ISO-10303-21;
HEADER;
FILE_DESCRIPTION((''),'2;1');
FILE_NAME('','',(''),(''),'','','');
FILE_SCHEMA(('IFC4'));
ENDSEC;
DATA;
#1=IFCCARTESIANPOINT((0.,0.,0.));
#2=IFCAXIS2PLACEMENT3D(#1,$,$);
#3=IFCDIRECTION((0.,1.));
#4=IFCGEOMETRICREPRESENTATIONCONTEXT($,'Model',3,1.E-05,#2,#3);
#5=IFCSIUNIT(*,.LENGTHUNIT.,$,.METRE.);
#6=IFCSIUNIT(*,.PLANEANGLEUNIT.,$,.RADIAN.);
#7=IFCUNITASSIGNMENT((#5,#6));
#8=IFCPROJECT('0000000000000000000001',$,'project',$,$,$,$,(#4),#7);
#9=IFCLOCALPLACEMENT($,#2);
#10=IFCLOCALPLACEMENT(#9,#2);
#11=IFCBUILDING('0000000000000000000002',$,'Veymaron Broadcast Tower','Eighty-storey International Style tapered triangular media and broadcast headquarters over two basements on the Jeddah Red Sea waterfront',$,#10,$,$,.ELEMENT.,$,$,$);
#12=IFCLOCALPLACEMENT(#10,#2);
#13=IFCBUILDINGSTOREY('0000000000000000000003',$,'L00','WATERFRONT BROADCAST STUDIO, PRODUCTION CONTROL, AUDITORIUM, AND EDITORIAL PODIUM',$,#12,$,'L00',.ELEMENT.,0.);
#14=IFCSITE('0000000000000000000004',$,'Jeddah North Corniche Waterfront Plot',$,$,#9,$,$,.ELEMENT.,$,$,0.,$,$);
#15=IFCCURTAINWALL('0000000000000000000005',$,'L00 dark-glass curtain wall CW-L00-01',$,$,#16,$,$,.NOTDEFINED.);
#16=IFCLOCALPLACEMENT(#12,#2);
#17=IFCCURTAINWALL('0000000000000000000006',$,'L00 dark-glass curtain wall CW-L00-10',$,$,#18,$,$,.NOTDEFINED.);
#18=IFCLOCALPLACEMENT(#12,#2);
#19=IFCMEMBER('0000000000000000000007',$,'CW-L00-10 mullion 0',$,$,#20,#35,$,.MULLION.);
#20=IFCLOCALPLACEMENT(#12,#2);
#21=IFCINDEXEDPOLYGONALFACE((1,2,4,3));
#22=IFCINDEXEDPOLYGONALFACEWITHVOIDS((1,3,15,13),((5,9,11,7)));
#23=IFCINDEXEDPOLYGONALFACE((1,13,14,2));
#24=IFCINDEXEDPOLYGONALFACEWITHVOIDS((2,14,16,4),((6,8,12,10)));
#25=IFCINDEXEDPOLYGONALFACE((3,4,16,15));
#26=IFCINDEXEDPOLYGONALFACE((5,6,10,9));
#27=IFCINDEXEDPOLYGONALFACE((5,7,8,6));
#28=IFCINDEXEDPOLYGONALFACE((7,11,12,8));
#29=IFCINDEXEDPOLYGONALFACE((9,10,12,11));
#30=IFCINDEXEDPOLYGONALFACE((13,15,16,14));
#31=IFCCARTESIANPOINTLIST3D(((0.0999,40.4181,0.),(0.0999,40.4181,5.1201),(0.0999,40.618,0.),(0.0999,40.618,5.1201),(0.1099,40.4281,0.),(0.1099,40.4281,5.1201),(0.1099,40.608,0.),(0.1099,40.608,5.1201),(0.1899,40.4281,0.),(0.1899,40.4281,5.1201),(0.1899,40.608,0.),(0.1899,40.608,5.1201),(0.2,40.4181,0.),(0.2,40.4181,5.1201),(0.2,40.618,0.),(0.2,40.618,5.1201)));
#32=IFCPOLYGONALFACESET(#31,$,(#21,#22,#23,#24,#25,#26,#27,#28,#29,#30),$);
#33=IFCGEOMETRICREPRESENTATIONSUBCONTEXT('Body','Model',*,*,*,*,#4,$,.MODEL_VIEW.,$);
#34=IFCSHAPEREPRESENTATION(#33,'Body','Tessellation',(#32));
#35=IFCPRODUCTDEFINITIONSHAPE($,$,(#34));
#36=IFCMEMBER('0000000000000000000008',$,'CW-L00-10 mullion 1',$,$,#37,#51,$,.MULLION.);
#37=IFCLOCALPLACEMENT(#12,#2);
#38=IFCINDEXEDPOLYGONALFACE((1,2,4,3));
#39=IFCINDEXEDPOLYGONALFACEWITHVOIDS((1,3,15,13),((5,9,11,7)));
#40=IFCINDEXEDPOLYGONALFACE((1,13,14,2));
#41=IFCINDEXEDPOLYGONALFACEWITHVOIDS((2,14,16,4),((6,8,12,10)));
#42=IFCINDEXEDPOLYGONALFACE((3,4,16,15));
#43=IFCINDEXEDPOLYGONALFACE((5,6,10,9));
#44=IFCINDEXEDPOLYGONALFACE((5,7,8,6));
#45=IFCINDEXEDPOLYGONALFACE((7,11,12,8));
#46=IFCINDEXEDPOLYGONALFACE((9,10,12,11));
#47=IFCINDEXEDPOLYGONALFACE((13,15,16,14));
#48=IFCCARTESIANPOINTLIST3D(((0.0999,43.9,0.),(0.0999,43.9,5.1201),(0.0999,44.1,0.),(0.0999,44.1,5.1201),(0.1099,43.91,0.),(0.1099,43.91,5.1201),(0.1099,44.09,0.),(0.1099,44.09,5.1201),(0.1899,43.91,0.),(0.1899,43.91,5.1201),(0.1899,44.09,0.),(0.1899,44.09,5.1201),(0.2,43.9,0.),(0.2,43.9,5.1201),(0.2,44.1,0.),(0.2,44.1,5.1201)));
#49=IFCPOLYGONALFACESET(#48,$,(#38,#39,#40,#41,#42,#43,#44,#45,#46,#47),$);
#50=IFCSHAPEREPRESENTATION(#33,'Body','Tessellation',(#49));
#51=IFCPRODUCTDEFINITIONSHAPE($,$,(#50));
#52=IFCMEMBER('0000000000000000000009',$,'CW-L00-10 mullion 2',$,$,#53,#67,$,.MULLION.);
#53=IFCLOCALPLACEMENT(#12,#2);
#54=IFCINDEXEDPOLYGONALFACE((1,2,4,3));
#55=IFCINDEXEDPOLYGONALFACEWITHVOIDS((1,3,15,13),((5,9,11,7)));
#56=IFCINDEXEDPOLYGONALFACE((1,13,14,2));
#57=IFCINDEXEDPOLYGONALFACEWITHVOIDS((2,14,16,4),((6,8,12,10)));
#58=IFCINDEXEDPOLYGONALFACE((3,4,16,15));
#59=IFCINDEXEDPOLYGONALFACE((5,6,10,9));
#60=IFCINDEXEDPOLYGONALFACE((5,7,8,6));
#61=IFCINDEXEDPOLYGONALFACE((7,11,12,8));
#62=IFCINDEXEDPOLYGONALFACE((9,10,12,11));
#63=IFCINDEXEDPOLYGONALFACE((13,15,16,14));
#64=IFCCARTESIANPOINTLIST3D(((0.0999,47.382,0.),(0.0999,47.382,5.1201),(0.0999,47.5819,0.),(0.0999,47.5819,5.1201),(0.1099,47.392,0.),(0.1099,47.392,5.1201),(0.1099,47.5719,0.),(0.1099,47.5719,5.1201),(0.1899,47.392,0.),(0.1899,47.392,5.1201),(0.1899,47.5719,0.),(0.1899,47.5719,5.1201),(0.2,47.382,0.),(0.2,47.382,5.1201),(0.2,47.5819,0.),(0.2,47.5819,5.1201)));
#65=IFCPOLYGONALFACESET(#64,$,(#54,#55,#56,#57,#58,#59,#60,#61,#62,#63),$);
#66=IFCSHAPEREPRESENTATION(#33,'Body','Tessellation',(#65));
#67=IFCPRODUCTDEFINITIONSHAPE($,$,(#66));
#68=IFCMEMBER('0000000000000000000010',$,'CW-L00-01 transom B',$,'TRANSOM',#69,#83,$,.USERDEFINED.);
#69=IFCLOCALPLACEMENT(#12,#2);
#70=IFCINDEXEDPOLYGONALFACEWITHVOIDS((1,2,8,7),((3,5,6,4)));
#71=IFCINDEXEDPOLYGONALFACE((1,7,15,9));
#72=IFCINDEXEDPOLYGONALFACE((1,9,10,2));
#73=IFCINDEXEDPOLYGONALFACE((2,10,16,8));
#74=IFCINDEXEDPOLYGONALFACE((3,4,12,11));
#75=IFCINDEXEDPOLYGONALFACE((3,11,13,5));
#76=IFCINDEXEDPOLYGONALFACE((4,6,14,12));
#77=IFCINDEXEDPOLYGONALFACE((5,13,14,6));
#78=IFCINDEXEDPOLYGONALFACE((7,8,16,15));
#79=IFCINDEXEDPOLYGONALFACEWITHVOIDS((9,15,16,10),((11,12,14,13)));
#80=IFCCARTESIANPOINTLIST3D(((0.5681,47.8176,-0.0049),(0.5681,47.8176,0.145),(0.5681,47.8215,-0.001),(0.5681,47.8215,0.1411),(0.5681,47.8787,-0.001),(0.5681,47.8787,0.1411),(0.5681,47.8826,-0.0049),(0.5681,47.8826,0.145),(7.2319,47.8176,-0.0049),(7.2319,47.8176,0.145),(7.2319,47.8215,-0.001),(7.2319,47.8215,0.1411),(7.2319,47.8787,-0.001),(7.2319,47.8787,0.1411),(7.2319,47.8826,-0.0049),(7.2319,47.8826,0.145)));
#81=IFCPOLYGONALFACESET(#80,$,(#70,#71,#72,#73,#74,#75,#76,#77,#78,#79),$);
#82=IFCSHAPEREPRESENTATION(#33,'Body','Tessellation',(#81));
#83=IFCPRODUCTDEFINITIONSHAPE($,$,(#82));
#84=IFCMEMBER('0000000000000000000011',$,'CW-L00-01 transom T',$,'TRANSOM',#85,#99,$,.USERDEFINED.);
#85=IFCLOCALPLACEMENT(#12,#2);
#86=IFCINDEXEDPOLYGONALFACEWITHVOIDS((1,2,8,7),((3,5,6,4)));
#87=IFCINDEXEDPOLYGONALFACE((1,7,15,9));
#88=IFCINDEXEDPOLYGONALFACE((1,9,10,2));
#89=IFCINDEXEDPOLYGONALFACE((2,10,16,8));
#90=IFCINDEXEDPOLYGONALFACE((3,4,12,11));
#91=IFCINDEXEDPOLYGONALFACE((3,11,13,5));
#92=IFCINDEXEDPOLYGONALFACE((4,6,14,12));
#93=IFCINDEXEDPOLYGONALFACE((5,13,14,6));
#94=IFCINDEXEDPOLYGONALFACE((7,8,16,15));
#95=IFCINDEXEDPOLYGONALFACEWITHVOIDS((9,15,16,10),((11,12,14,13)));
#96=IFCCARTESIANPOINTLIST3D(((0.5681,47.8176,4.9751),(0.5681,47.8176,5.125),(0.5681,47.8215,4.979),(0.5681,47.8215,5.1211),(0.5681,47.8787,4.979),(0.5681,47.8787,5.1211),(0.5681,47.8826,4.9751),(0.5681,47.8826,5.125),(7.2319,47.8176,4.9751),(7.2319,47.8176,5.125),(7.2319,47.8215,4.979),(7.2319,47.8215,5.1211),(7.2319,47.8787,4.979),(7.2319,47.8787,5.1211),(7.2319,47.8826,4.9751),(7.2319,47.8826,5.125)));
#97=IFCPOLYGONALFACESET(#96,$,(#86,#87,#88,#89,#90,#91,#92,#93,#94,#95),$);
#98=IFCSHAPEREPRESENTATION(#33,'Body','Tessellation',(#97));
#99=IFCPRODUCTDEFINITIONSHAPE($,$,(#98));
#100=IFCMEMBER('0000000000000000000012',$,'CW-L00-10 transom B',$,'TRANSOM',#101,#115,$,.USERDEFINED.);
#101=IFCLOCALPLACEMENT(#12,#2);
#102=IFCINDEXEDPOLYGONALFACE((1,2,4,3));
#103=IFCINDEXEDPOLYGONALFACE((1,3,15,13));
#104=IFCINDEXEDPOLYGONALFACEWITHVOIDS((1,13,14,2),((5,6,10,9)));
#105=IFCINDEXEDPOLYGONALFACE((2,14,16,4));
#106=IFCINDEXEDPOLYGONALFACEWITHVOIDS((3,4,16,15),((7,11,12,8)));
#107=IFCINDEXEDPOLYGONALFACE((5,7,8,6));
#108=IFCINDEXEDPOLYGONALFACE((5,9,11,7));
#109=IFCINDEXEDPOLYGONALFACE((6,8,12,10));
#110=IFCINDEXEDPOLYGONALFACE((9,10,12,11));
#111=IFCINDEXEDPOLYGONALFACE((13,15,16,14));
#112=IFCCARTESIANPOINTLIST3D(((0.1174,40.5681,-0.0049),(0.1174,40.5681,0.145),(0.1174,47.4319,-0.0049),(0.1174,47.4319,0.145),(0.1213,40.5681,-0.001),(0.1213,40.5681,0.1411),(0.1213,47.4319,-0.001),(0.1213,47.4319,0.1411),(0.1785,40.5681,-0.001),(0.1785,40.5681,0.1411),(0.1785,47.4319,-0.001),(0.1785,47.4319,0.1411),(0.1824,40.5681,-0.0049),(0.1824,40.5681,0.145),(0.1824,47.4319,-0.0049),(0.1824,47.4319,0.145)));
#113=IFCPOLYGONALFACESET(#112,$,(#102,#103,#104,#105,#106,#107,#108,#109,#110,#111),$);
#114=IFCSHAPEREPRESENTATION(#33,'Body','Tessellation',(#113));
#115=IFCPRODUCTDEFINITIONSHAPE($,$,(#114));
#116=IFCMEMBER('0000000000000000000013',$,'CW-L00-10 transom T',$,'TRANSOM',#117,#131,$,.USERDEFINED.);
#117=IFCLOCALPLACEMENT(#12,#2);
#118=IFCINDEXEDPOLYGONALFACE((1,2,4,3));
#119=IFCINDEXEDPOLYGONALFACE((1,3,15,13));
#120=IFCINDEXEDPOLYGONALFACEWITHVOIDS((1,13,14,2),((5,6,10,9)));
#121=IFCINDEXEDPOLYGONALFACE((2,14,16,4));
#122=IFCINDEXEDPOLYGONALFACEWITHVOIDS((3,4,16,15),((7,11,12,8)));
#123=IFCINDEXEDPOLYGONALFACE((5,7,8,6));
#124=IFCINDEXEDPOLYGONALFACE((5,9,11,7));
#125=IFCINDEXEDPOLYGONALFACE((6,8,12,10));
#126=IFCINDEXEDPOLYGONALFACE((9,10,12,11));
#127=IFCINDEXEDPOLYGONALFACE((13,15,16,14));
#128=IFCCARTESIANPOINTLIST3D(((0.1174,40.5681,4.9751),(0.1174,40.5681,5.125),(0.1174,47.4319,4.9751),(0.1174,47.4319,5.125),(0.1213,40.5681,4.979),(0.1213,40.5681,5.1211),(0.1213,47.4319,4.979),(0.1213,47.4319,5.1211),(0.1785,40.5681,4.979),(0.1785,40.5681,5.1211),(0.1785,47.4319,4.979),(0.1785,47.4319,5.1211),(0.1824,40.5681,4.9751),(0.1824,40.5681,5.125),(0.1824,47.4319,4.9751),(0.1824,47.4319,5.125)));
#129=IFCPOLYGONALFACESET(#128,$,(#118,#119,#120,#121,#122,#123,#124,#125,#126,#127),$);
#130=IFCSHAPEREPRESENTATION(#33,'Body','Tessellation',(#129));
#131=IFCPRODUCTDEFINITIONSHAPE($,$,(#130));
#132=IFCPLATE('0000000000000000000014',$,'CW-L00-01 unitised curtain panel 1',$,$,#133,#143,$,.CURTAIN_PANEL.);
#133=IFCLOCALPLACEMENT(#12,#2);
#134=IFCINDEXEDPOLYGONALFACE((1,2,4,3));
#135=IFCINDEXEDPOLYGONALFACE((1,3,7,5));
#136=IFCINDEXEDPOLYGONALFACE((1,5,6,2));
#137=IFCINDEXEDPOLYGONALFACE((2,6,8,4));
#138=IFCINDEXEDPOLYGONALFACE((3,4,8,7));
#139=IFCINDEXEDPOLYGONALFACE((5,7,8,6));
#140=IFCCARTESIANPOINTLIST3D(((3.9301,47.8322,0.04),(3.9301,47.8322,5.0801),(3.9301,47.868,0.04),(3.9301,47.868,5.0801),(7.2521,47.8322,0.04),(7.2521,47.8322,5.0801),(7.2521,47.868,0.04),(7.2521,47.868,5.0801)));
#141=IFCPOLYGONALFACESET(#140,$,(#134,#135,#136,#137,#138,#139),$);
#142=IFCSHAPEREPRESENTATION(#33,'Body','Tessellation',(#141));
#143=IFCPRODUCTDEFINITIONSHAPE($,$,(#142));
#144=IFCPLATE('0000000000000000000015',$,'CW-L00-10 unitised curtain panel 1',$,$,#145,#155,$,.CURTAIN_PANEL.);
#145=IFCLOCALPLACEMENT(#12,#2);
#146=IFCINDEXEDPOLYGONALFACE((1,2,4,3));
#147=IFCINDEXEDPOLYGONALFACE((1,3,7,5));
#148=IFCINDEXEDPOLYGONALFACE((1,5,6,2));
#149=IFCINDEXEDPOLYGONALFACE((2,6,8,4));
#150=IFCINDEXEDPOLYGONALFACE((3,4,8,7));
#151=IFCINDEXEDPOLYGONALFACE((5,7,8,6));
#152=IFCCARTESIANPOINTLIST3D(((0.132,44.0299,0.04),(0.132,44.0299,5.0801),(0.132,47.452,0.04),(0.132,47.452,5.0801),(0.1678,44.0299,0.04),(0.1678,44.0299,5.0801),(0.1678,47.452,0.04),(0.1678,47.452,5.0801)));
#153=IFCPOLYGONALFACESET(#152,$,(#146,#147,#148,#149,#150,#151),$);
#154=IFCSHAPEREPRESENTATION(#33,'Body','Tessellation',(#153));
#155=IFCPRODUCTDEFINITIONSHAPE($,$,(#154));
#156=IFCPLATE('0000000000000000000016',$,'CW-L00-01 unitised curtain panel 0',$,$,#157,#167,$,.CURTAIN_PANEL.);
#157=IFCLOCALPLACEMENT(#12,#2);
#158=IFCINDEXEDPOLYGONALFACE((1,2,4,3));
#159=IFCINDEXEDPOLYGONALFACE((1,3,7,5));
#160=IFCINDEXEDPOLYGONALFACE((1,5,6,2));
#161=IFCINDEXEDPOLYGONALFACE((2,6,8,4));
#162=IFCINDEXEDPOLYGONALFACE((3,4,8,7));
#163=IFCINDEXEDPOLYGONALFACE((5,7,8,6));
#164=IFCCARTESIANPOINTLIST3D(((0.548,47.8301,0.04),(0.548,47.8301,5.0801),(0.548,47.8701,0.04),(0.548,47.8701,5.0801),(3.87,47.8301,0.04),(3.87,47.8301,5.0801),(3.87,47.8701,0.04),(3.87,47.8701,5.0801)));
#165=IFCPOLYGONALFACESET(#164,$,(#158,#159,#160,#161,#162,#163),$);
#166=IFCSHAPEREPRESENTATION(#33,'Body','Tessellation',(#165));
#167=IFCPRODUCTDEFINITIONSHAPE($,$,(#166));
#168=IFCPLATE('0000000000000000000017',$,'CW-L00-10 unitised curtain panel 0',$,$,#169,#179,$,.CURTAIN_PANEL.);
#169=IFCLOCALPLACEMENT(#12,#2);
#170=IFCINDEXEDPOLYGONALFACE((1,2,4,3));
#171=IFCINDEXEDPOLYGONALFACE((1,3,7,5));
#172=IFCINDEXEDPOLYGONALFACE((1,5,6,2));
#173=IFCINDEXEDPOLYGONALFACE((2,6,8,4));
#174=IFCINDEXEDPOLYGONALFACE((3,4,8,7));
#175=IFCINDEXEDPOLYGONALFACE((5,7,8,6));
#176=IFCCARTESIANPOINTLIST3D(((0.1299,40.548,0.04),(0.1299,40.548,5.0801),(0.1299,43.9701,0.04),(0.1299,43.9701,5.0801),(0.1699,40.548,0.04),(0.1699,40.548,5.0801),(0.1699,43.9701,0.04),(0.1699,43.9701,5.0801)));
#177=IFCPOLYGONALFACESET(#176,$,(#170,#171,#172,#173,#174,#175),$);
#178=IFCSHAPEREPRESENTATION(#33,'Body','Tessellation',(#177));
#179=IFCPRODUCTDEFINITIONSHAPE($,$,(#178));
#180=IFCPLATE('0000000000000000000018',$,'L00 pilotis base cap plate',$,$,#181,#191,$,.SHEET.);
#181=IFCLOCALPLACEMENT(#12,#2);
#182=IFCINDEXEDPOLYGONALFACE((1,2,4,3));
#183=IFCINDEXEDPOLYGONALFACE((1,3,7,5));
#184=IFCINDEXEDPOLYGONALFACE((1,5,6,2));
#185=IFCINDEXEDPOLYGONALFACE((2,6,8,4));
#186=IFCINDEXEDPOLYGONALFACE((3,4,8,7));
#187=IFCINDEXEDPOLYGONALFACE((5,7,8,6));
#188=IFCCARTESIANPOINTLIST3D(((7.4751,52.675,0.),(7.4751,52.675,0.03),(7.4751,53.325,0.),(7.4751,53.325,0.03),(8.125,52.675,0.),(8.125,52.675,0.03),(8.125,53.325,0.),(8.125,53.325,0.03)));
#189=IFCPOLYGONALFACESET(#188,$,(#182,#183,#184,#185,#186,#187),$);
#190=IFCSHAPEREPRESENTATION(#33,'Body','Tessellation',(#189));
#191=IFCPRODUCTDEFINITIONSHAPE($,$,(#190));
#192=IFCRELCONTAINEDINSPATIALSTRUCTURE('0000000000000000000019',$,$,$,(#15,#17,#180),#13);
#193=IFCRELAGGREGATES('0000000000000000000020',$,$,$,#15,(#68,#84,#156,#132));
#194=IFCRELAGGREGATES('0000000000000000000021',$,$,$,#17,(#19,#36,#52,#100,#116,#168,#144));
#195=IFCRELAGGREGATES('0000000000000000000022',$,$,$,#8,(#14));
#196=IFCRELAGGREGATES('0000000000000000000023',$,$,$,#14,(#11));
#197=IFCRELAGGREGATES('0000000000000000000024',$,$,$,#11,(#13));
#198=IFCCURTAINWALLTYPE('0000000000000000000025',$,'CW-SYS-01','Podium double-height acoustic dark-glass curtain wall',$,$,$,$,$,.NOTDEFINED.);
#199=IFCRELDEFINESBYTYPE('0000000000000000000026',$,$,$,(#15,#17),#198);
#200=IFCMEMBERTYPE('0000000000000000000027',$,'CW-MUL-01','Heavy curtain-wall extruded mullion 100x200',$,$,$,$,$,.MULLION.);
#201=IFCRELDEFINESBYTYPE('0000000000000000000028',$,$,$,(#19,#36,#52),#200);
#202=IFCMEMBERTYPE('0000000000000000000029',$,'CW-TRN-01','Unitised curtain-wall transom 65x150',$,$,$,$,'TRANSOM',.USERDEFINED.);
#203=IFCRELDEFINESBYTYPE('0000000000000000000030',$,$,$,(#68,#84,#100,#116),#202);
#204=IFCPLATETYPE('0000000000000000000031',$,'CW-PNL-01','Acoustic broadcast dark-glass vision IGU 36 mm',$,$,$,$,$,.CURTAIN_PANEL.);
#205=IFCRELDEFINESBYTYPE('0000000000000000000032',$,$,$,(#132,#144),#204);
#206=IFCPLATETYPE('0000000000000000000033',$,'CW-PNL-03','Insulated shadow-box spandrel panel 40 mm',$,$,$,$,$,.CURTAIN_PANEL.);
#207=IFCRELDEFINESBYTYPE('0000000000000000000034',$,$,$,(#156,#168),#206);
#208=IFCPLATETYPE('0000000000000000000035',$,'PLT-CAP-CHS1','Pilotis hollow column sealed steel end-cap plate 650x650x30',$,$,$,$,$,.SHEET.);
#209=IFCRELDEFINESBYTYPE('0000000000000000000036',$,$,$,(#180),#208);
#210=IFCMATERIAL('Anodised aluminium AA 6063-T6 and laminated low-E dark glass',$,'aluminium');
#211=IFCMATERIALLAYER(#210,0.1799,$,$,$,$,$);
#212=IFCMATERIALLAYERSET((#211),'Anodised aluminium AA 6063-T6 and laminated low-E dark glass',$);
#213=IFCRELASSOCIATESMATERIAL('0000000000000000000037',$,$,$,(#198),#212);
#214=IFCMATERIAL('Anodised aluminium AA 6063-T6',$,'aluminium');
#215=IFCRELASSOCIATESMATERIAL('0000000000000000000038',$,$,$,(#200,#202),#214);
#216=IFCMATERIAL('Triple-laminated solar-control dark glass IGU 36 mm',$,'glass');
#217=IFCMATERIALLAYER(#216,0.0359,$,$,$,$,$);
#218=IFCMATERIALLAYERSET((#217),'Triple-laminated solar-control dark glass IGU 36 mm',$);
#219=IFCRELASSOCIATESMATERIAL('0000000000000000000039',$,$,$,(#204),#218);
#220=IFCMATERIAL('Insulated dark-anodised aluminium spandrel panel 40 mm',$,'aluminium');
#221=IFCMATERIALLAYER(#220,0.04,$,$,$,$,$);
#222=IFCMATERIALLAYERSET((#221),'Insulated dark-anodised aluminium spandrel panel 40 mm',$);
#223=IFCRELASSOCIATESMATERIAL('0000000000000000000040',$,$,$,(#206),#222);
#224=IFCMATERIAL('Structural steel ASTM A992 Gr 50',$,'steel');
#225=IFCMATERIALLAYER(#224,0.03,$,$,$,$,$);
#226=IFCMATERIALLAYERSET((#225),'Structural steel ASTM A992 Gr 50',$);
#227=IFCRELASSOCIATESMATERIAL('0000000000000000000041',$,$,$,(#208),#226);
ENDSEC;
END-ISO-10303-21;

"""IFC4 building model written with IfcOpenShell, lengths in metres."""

from ifc_helpers import new_model, si_unit, direction, frame, origin, origin_2d, place, context, subcontext, project, spatial, rectangle, hollow_rectangle, extrude, material, layer, layer_set, material_profile, profile_set, type_object, element, aggregate, save


model = new_model("IFC4")

# Units and contexts
model_context = context("Model", 3, precision=1e-05, world=origin(), true_north=direction((0.0, 1.0)))
body_context = subcontext(model_context, "Body", "Model", "MODEL_VIEW")
ifc_project = project(units=[si_unit("LENGTHUNIT", "METRE"), si_unit("PLANEANGLEUNIT", "RADIAN")], contexts=[model_context])

# Site, building, storey
site_placement = place(None, origin())
site = spatial("IfcSite", under=ifc_project, at=site_placement, Name="Jeddah North Corniche Waterfront Plot", CompositionType="ELEMENT", RefElevation=0.0)
building_placement = place(site_placement, origin())
building = spatial("IfcBuilding", under=site, at=building_placement, Name="Veymaron Broadcast Tower", Description="Eighty-storey International Style tapered triangular media and broadcast headquarters over two basements on the Jeddah Red Sea waterfront", CompositionType="ELEMENT")
storey_placement = place(building_placement, origin())
storey = spatial("IfcBuildingStorey", under=building, at=storey_placement, Name="L00", Description="WATERFRONT BROADCAST STUDIO, PRODUCTION CONTROL, AUDITORIUM, AND EDITORIAL PODIUM", LongName="L00", CompositionType="ELEMENT", Elevation=0.0)

# Shared definitions
ifc_material_1 = material(Name="Structural steel ASTM A992 Gr 50", Category="steel")

# Curtain wall
ifc_material_2 = material(Name="Anodised aluminium AA 6063-T6 and laminated low-E dark glass", Category="aluminium")
ifc_layer_1 = layer(ifc_material_2, 0.1799)
ifc_layer_set_1 = layer_set([ifc_layer_1], Name="Anodised aluminium AA 6063-T6 and laminated low-E dark glass")
curtain_wall_type = type_object("IfcCurtainWallType", Name="CW-SYS-01", Description="Podium double-height acoustic dark-glass curtain wall", PredefinedType="NOTDEFINED", material=ifc_layer_set_1)
curtain_wall_1_placement = place(storey_placement, origin())
curtain_wall_1 = element("IfcCurtainWall", 1, at=curtain_wall_1_placement, inside=storey, type_object=curtain_wall_type, Name="L00 dark-glass curtain wall CW-L00-01", PredefinedType="NOTDEFINED")
ifc_material_3 = material(Name="Anodised aluminium AA 6063-T6", Category="aluminium")
ifc_material_profile_1 = material_profile(ifc_material_3, hollow_rectangle(XDim=0.1001, YDim=0.2, WallThickness=0.01, at=origin_2d()), Name="RHS200X100X10")
ifc_profile_set_1 = profile_set([ifc_material_profile_1], Name="Anodised aluminium AA 6063-T6")
member_type_1 = type_object("IfcMemberType", Name="CW-MUL-01", Description="Heavy curtain-wall extruded mullion 100x200", PredefinedType="MULLION", material=ifc_profile_set_1)

# Curtain wall, members
curtain_wall_2_placement = place(storey_placement, origin())
curtain_wall_2 = element("IfcCurtainWall", 2, at=curtain_wall_2_placement, inside=storey, type_object=curtain_wall_type, Name="L00 dark-glass curtain wall CW-L00-10", PredefinedType="NOTDEFINED")
member_1_placement = place(storey_placement, frame((0.1499, 40.5181, 0.0), z_axis=(0.0, 0.0, 1.0), x_axis=(1.0, 0.0, 0.0)))
member_1 = element("IfcMember", 3, at=member_1_placement, type_object=member_type_1, Name="CW-L00-10 mullion 0", PredefinedType="MULLION", context=body_context, shape_type="SweptSolid", body=[
    extrude(hollow_rectangle(XDim=0.1001, YDim=0.2, WallThickness=0.01, at=origin_2d()), origin(), (0.0, 0.0, 1.0), 5.1201),
])
member_2_placement = place(storey_placement, frame((0.1499, 44.0, 0.0), z_axis=(0.0, 0.0, 1.0), x_axis=(1.0, 0.0, 0.0)))
member_2 = element("IfcMember", 4, at=member_2_placement, type_object=member_type_1, Name="CW-L00-10 mullion 1", PredefinedType="MULLION", context=body_context, shape_type="SweptSolid", body=[
    extrude(hollow_rectangle(XDim=0.1001, YDim=0.2, WallThickness=0.01, at=origin_2d()), origin(), (0.0, 0.0, 1.0), 5.1201),
])
member_3_placement = place(storey_placement, frame((0.1499, 47.4819, 0.0), z_axis=(0.0, 0.0, 1.0), x_axis=(1.0, 0.0, 0.0)))
member_3 = element("IfcMember", 5, at=member_3_placement, type_object=member_type_1, Name="CW-L00-10 mullion 2", PredefinedType="MULLION", context=body_context, shape_type="SweptSolid", body=[
    extrude(hollow_rectangle(XDim=0.1001, YDim=0.2, WallThickness=0.01, at=origin_2d()), origin(), (0.0, 0.0, 1.0), 5.1201),
])

# Members
ifc_material_profile_2 = material_profile(ifc_material_3, hollow_rectangle(XDim=0.0649, YDim=0.1499, WallThickness=0.0039, at=origin_2d()), Name="AL150X65X4")
ifc_profile_set_2 = profile_set([ifc_material_profile_2], Name="Anodised aluminium AA 6063-T6")
member_type_2 = type_object("IfcMemberType", Name="CW-TRN-01", Description="Unitised curtain-wall transom 65x150", ElementType="TRANSOM", PredefinedType="USERDEFINED", material=ifc_profile_set_2)
member_4_placement = place(storey_placement, frame((0.5681, 47.8501, 0.0701), z_axis=(1.0, 0.0, 0.0), x_axis=(0.0, 1.0, 0.0)))
member_4 = element("IfcMember", 6, at=member_4_placement, type_object=member_type_2, Name="CW-L00-01 transom B", ObjectType="TRANSOM", PredefinedType="USERDEFINED", context=body_context, shape_type="SweptSolid", body=[
    extrude(hollow_rectangle(XDim=0.0649, YDim=0.1499, WallThickness=0.0039, at=origin_2d()), origin(), (0.0, 0.0, 1.0), 6.6638),
])
member_5_placement = place(storey_placement, frame((0.5681, 47.8501, 5.05), z_axis=(1.0, 0.0, 0.0), x_axis=(0.0, 1.0, 0.0)))
member_5 = element("IfcMember", 7, at=member_5_placement, type_object=member_type_2, Name="CW-L00-01 transom T", ObjectType="TRANSOM", PredefinedType="USERDEFINED", context=body_context, shape_type="SweptSolid", body=[
    extrude(hollow_rectangle(XDim=0.0649, YDim=0.1499, WallThickness=0.0039, at=origin_2d()), origin(), (0.0, 0.0, 1.0), 6.6638),
])
member_6_placement = place(storey_placement, frame((0.1499, 40.5681, 0.0701), z_axis=(0.0, 1.0, 0.0), x_axis=(-1.0, 0.0, 0.0)))
member_6 = element("IfcMember", 8, at=member_6_placement, type_object=member_type_2, Name="CW-L00-10 transom B", ObjectType="TRANSOM", PredefinedType="USERDEFINED", context=body_context, shape_type="SweptSolid", body=[
    extrude(hollow_rectangle(XDim=0.0649, YDim=0.1499, WallThickness=0.0039, at=origin_2d()), origin(), (0.0, 0.0, 1.0), 6.8638),
])
member_7_placement = place(storey_placement, frame((0.1499, 40.5681, 5.05), z_axis=(0.0, 1.0, 0.0), x_axis=(-1.0, 0.0, 0.0)))
member_7 = element("IfcMember", 9, at=member_7_placement, type_object=member_type_2, Name="CW-L00-10 transom T", ObjectType="TRANSOM", PredefinedType="USERDEFINED", context=body_context, shape_type="SweptSolid", body=[
    extrude(hollow_rectangle(XDim=0.0649, YDim=0.1499, WallThickness=0.0039, at=origin_2d()), origin(), (0.0, 0.0, 1.0), 6.8638),
])

# Plates
ifc_material_4 = material(Name="Triple-laminated solar-control dark glass IGU 36 mm", Category="glass")
ifc_layer_2 = layer(ifc_material_4, 0.0359)
ifc_layer_set_2 = layer_set([ifc_layer_2], Name="Triple-laminated solar-control dark glass IGU 36 mm")
plate_type_1 = type_object("IfcPlateType", Name="CW-PNL-01", Description="Acoustic broadcast dark-glass vision IGU 36 mm", PredefinedType="CURTAIN_PANEL", material=ifc_layer_set_2)
plate_1_placement = place(storey_placement, frame((5.5911, 47.8501, 0.04), z_axis=(0.0, 0.0, 1.0), x_axis=(1.0, 0.0, 0.0)))
plate_1 = element("IfcPlate", 10, at=plate_1_placement, type_object=plate_type_1, Name="CW-L00-01 unitised curtain panel 1", PredefinedType="CURTAIN_PANEL", context=body_context, shape_type="SweptSolid", body=[
    extrude(rectangle(XDim=3.322, YDim=0.0359, at=origin_2d()), origin(), (0.0, 0.0, 1.0), 5.04),
])
plate_2_placement = place(storey_placement, frame((0.1499, 45.741, 0.04), z_axis=(0.0, 0.0, 1.0), x_axis=(0.0, 1.0, 0.0)))
plate_2 = element("IfcPlate", 11, at=plate_2_placement, type_object=plate_type_1, Name="CW-L00-10 unitised curtain panel 1", PredefinedType="CURTAIN_PANEL", context=body_context, shape_type="SweptSolid", body=[
    extrude(rectangle(XDim=3.4221, YDim=0.0359, at=origin_2d()), origin(), (0.0, 0.0, 1.0), 5.04),
])
ifc_material_5 = material(Name="Insulated dark-anodised aluminium spandrel panel 40 mm", Category="aluminium")
ifc_layer_3 = layer(ifc_material_5, 0.04)
ifc_layer_set_3 = layer_set([ifc_layer_3], Name="Insulated dark-anodised aluminium spandrel panel 40 mm")
plate_type_2 = type_object("IfcPlateType", Name="CW-PNL-03", Description="Insulated shadow-box spandrel panel 40 mm", PredefinedType="CURTAIN_PANEL", material=ifc_layer_set_3)
plate_3_placement = place(storey_placement, frame((2.209, 47.8501, 0.04), z_axis=(0.0, 0.0, 1.0), x_axis=(1.0, 0.0, 0.0)))
plate_3 = element("IfcPlate", 12, at=plate_3_placement, type_object=plate_type_2, Name="CW-L00-01 unitised curtain panel 0", PredefinedType="CURTAIN_PANEL", context=body_context, shape_type="SweptSolid", body=[
    extrude(rectangle(XDim=3.322, YDim=0.04, at=origin_2d()), origin(), (0.0, 0.0, 1.0), 5.04),
])
aggregate(curtain_wall_1, [member_4, member_5, plate_3, plate_1])
plate_4_placement = place(storey_placement, frame((0.1499, 42.259, 0.04), z_axis=(0.0, 0.0, 1.0), x_axis=(0.0, 1.0, 0.0)))
plate_4 = element("IfcPlate", 13, at=plate_4_placement, type_object=plate_type_2, Name="CW-L00-10 unitised curtain panel 0", PredefinedType="CURTAIN_PANEL", context=body_context, shape_type="SweptSolid", body=[
    extrude(rectangle(XDim=3.4221, YDim=0.04, at=origin_2d()), origin(), (0.0, 0.0, 1.0), 5.04),
])
aggregate(curtain_wall_2, [member_1, member_2, member_3, member_6, member_7, plate_4, plate_2])

# Plate
ifc_layer_4 = layer(ifc_material_1, 0.03)
ifc_layer_set_4 = layer_set([ifc_layer_4], Name="Structural steel ASTM A992 Gr 50")
plate_type_3 = type_object("IfcPlateType", Name="PLT-CAP-CHS1", Description="Pilotis hollow column sealed steel end-cap plate 650x650x30", PredefinedType="SHEET", material=ifc_layer_set_4)
for number, where, z_axis, x_axis, name in (
    (14, (7.8, 53.0, 0.0), (0.0, 0.0, 1.0), (1.0, 0.0, 0.0), "L00 pilotis base cap plate"),
):
    element("IfcPlate", number, at=place(storey_placement, frame(where, z_axis=z_axis, x_axis=x_axis)), inside=storey, type_object=plate_type_3, Name=name, PredefinedType="SHEET", context=body_context, shape_type="SweptSolid", body=[
        extrude(rectangle(XDim=0.6499, YDim=0.6499, at=origin_2d()), origin(), (0.0, 0.0, 1.0), 0.03),
    ])

save(model, "model.ifc")
